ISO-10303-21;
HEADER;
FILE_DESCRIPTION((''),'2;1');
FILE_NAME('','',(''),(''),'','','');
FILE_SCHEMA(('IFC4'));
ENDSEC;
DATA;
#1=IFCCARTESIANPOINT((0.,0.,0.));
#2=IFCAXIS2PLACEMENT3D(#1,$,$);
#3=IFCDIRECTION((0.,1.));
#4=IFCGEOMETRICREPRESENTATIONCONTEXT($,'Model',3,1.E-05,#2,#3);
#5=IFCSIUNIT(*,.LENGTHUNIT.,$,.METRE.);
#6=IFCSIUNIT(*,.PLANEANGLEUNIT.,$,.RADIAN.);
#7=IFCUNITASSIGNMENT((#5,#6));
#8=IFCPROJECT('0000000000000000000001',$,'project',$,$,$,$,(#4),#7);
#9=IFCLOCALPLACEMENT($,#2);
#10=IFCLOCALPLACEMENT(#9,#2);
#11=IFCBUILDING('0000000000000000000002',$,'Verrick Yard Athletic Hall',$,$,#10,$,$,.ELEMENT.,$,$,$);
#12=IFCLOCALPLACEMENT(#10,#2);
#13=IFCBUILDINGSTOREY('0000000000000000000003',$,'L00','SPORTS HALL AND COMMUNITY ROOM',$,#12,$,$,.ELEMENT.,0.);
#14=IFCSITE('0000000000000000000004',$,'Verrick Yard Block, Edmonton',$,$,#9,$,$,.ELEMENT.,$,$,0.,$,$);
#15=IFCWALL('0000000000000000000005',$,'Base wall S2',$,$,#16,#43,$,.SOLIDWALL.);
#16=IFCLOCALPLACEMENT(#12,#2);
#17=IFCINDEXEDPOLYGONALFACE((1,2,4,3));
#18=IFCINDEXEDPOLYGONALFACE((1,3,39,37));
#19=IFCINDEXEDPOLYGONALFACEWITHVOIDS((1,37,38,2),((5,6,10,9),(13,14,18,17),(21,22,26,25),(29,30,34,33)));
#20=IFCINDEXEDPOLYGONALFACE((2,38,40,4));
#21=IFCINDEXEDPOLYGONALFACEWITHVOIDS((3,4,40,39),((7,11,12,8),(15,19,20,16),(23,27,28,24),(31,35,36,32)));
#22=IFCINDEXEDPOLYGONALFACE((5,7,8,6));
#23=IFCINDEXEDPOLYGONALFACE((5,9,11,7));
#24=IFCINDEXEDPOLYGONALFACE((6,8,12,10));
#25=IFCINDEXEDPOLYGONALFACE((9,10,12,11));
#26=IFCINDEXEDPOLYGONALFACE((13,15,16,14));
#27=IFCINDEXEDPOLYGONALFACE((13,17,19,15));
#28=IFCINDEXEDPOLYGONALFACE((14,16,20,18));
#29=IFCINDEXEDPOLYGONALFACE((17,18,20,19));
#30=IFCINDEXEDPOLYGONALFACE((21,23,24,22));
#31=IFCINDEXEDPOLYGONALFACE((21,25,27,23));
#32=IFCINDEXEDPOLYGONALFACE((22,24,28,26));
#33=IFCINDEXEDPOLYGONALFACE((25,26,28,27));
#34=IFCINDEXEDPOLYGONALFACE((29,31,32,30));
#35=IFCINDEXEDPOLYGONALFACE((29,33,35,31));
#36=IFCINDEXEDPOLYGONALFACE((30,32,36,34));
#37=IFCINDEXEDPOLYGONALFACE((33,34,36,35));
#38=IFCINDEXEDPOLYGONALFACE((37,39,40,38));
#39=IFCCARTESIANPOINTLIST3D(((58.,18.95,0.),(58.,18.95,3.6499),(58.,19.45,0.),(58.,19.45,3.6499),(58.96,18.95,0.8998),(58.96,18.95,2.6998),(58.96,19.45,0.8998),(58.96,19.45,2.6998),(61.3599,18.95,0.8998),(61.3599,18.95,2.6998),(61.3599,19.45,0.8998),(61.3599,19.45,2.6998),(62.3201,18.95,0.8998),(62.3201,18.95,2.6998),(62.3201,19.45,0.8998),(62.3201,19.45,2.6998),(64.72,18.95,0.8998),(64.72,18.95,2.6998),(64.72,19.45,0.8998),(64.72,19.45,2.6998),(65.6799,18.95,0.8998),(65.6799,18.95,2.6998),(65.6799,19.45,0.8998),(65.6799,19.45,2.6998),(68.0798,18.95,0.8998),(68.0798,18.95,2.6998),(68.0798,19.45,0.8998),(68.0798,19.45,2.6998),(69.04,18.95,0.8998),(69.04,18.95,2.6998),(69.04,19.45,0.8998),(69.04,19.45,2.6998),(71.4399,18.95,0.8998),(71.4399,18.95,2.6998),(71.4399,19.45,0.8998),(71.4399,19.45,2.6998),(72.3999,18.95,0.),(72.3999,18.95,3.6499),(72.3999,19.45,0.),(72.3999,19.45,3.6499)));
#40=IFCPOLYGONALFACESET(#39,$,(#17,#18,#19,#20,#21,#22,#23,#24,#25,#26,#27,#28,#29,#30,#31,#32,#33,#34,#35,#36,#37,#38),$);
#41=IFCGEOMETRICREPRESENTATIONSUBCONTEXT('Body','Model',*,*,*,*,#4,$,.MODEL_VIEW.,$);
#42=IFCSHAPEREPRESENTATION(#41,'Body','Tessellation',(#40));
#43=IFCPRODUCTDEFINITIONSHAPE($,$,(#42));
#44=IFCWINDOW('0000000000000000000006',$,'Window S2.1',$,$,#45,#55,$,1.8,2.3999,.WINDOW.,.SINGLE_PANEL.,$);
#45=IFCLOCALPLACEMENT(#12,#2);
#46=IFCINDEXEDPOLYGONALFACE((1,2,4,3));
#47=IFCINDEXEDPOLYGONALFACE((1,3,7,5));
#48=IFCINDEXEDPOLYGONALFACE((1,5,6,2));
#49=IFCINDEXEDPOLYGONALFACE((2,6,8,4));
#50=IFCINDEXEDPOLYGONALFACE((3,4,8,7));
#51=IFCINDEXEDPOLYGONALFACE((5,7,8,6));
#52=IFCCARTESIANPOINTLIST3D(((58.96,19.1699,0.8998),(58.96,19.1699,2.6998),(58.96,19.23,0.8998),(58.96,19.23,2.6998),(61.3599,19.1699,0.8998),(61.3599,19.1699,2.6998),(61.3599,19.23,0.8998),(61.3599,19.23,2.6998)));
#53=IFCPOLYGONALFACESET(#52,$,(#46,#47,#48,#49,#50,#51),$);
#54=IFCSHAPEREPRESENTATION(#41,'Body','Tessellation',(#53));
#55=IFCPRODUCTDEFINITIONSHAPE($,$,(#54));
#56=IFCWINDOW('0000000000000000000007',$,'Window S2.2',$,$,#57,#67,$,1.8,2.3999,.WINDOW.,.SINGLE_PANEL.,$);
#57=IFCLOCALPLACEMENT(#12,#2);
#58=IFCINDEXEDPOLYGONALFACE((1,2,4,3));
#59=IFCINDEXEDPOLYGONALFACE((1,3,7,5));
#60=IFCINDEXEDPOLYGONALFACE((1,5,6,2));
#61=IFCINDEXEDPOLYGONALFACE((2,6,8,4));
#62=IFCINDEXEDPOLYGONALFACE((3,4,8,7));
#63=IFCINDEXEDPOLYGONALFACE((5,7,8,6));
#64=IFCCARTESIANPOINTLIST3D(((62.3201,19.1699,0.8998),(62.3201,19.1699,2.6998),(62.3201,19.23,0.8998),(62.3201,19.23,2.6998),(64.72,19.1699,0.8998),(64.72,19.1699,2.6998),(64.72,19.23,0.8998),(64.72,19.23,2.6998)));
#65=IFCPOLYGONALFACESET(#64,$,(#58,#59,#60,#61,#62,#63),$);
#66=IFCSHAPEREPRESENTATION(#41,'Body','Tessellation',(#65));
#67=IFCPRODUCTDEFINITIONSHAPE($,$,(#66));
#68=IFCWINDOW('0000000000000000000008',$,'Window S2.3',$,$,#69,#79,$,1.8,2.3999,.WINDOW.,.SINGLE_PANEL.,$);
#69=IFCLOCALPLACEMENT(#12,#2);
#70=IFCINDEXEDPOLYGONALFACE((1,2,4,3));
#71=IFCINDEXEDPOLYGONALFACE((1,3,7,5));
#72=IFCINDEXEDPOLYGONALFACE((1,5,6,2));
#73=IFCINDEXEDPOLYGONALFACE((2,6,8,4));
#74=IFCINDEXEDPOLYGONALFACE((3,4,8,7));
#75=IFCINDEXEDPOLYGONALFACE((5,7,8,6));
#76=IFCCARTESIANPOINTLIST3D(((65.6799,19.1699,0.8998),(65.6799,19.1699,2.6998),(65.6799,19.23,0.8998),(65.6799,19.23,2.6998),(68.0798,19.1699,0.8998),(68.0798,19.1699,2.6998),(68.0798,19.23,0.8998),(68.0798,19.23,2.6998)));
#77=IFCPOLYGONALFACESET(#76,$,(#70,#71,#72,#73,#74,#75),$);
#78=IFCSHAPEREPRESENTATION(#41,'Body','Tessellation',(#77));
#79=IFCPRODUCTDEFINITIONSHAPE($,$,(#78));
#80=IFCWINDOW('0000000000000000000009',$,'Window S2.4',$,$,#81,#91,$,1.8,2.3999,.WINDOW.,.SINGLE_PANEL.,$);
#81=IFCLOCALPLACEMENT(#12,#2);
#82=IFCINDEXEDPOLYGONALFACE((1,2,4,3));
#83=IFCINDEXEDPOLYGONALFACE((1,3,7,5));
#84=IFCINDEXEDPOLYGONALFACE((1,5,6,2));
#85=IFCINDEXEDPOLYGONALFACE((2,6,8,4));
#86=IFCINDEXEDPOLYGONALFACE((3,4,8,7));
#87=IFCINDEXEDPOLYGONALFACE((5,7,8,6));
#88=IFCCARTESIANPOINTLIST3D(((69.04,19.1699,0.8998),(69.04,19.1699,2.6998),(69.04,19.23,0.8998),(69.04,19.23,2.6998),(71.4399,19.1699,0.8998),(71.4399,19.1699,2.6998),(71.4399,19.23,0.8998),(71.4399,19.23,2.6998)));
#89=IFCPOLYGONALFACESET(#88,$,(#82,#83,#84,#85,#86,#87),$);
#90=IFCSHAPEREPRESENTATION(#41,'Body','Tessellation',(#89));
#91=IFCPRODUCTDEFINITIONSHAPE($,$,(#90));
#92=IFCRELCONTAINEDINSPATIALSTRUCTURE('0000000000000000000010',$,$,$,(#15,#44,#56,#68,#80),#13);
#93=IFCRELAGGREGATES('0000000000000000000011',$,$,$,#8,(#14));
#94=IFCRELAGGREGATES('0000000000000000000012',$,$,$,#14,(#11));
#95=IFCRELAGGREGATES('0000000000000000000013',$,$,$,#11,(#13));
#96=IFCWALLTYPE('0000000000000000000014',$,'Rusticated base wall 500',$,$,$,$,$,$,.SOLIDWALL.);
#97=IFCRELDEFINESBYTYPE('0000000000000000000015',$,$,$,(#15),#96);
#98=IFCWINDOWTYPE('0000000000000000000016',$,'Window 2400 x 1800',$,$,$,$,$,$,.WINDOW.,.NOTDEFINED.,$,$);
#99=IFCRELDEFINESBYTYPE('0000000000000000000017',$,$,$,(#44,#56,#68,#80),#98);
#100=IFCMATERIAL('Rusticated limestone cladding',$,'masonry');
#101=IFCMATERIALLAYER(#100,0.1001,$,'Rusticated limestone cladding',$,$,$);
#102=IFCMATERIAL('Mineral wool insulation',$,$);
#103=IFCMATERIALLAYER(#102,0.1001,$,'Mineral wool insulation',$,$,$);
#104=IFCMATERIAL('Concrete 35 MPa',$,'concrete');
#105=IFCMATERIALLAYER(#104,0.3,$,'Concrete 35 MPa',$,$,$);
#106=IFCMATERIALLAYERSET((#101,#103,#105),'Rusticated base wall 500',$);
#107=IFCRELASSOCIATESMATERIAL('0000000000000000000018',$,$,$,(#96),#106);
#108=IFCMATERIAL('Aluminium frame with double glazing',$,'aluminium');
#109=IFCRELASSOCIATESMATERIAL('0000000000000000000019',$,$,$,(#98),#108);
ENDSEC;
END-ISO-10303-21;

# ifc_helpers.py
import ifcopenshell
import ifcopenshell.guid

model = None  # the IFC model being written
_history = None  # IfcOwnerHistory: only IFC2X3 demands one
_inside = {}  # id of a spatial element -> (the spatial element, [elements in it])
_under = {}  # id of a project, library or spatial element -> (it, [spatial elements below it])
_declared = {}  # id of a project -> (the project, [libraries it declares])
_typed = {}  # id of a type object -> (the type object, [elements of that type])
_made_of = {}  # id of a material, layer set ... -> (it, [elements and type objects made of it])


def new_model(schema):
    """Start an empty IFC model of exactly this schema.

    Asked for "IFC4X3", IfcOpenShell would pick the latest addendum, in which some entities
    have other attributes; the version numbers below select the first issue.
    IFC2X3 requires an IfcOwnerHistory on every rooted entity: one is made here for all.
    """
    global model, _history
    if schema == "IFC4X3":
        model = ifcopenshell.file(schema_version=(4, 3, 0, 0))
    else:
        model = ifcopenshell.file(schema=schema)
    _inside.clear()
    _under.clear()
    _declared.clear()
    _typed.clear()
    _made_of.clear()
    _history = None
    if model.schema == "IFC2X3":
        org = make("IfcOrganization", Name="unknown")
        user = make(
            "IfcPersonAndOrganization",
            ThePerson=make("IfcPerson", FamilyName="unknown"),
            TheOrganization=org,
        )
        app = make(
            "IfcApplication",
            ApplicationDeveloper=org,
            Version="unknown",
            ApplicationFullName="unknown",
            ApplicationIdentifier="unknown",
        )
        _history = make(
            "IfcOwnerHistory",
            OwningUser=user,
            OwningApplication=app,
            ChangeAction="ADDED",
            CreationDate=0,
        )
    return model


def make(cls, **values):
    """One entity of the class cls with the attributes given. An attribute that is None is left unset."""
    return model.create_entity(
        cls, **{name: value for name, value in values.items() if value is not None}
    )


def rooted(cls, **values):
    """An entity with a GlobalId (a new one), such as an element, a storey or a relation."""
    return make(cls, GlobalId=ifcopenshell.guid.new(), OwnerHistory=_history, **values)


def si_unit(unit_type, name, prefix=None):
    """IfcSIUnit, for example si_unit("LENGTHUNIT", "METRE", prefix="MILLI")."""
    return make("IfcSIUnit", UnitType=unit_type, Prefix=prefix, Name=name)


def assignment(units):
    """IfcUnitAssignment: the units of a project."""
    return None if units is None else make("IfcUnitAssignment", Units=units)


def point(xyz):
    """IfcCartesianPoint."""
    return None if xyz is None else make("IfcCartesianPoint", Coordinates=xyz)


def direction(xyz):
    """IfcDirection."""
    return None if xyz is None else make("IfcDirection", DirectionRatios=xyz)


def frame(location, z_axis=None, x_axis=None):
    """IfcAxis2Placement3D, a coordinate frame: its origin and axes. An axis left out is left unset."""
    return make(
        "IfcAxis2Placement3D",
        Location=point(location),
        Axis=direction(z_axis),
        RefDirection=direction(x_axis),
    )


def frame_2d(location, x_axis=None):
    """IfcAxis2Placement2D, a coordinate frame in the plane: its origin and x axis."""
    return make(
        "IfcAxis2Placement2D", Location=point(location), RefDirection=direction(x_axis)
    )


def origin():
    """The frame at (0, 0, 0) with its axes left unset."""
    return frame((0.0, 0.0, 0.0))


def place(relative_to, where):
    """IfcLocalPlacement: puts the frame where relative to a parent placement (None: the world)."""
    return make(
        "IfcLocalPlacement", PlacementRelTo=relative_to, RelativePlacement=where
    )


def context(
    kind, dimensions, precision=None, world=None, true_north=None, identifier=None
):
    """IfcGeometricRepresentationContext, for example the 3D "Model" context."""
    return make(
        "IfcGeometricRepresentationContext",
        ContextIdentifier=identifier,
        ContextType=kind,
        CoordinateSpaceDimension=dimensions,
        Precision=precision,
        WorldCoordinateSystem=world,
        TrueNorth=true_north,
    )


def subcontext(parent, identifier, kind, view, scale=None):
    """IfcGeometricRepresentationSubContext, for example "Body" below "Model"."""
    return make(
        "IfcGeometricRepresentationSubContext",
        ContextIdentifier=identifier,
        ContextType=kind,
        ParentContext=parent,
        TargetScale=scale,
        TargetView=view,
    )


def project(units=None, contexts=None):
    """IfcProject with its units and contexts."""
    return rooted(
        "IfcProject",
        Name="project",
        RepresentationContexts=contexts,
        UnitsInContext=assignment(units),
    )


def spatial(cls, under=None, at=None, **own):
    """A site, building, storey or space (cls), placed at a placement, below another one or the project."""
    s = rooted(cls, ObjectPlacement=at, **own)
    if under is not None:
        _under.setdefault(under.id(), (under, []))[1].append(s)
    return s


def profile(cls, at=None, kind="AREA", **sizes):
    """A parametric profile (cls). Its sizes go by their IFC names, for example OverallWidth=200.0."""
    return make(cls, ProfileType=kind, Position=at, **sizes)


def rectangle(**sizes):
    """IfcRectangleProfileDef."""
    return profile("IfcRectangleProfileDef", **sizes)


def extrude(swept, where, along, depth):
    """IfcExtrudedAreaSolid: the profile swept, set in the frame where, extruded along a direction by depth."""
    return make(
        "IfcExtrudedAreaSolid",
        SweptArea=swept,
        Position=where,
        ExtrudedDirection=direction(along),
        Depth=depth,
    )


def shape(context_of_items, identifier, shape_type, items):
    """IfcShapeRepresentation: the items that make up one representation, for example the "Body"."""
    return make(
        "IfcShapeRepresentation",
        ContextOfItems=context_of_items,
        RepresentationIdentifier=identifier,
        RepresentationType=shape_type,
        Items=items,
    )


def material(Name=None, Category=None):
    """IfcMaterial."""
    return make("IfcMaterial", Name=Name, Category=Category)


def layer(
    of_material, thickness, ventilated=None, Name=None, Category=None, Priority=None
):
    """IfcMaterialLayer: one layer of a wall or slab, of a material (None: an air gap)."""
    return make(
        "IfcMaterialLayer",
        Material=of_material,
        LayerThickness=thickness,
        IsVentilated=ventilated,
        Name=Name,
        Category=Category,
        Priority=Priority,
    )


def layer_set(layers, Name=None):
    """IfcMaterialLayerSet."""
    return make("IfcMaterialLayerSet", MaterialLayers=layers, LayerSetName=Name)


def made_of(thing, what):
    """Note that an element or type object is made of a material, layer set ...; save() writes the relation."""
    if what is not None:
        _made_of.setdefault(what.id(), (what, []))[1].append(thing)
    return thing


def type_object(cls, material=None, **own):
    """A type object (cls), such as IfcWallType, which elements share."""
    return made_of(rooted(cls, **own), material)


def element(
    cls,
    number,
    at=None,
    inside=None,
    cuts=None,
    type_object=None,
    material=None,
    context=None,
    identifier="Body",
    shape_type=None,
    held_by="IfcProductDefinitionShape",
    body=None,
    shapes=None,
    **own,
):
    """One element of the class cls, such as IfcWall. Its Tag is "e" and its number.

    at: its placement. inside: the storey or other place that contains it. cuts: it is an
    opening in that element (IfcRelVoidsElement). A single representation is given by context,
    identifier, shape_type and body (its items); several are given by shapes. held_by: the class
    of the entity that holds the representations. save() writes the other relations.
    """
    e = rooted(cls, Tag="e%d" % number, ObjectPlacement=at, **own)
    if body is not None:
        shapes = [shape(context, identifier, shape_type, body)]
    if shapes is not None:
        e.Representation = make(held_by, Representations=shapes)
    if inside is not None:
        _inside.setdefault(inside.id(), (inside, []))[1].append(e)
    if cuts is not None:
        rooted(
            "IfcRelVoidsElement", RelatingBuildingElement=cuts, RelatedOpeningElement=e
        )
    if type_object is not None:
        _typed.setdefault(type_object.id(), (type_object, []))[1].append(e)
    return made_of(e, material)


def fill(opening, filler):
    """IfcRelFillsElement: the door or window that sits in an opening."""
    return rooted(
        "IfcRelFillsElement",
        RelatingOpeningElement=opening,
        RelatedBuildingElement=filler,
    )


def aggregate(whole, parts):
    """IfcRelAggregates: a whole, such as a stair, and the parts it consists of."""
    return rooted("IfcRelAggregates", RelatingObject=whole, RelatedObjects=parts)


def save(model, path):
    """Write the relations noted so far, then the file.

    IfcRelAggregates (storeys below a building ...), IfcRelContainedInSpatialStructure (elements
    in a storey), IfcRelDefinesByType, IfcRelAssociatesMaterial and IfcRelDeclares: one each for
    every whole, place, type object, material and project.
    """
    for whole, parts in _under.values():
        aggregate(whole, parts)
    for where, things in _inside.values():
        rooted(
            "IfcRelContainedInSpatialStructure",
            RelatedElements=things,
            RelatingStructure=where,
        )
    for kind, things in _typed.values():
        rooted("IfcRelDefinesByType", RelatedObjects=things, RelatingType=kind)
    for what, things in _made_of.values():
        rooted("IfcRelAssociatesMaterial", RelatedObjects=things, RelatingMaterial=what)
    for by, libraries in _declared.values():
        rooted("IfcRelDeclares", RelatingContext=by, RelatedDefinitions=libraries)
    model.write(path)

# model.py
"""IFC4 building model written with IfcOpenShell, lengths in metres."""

from ifc_helpers import new_model, si_unit, direction, frame, frame_2d, origin, place, context, subcontext, project, spatial, rectangle, extrude, material, layer, layer_set, type_object, element, fill, save


model = new_model("IFC4")

# Units and contexts
model_context = context("Model", 3, precision=1e-05, world=origin(), true_north=direction((0.0, 1.0)))
body_context = subcontext(model_context, "Body", "Model", "MODEL_VIEW")
ifc_project = project(units=[si_unit("LENGTHUNIT", "METRE"), si_unit("PLANEANGLEUNIT", "RADIAN")], contexts=[model_context])

# Site, building, storey
site_placement = place(None, origin())
site = spatial("IfcSite", under=ifc_project, at=site_placement, Name="Verrick Yard Block, Edmonton", CompositionType="ELEMENT", RefElevation=0.0)
building_placement = place(site_placement, origin())
building = spatial("IfcBuilding", under=site, at=building_placement, Name="Verrick Yard Athletic Hall", CompositionType="ELEMENT")
storey_placement = place(building_placement, origin())
storey = spatial("IfcBuildingStorey", under=building, at=storey_placement, Name="L00", Description="SPORTS HALL AND COMMUNITY ROOM", CompositionType="ELEMENT", Elevation=0.0)

# Shared definitions
ifc_material_1 = material(Name="Concrete 35 MPa", Category="concrete")

# Wall, openings, windows
ifc_material_2 = material(Name="Rusticated limestone cladding", Category="masonry")
ifc_layer_1 = layer(ifc_material_2, 0.1001, Name="Rusticated limestone cladding")
ifc_material_3 = material(Name="Mineral wool insulation")
ifc_layer_2 = layer(ifc_material_3, 0.1001, Name="Mineral wool insulation")
ifc_layer_3 = layer(ifc_material_1, 0.3, Name="Concrete 35 MPa")
ifc_layer_set_1 = layer_set([ifc_layer_1, ifc_layer_2, ifc_layer_3], Name="Rusticated base wall 500")
wall_type_1 = type_object("IfcWallType", Name="Rusticated base wall 500", PredefinedType="SOLIDWALL", material=ifc_layer_set_1)
wall_1_placement = place(storey_placement, frame((58.0, 19.2, 0.0), z_axis=(0.0, 0.0, 1.0), x_axis=(1.0, 0.0, 0.0)))
wall_1 = element("IfcWall", 1, at=wall_1_placement, inside=storey, type_object=wall_type_1, Name="Base wall S2", PredefinedType="SOLIDWALL", context=body_context, shape_type="SweptSolid", body=[
    extrude(rectangle(XDim=14.3999, YDim=0.5, at=frame_2d((7.2, 0.0))), origin(), (0.0, 0.0, 1.0), 3.6499),
])
opening_1_placement = place(wall_1_placement, frame((0.96, 0.0, 0.8999)))
opening_1 = element("IfcOpeningElement", 2, at=opening_1_placement, cuts=wall_1, PredefinedType="OPENING", context=body_context, shape_type="SweptSolid", body=[
    extrude(rectangle(XDim=2.3999, YDim=1.8, at=frame_2d((1.2, 0.8999))), frame((0.0, 0.26, 0.0), z_axis=(0.0, -1.0, 0.0), x_axis=(1.0, 0.0, 0.0)), (0.0, 0.0, 1.0), 0.52),
])
opening_2_placement = place(wall_1_placement, frame((4.3201, 0.0, 0.8999)))
opening_2 = element("IfcOpeningElement", 3, at=opening_2_placement, cuts=wall_1, PredefinedType="OPENING", context=body_context, shape_type="SweptSolid", body=[
    extrude(rectangle(XDim=2.3999, YDim=1.8, at=frame_2d((1.2, 0.8999))), frame((0.0, 0.26, 0.0), z_axis=(0.0, -1.0, 0.0), x_axis=(1.0, 0.0, 0.0)), (0.0, 0.0, 1.0), 0.52),
])
opening_3_placement = place(wall_1_placement, frame((7.6799, 0.0, 0.8999)))
opening_3 = element("IfcOpeningElement", 4, at=opening_3_placement, cuts=wall_1, PredefinedType="OPENING", context=body_context, shape_type="SweptSolid", body=[
    extrude(rectangle(XDim=2.3999, YDim=1.8, at=frame_2d((1.2, 0.8999))), frame((0.0, 0.26, 0.0), z_axis=(0.0, -1.0, 0.0), x_axis=(1.0, 0.0, 0.0)), (0.0, 0.0, 1.0), 0.52),
])
opening_4_placement = place(wall_1_placement, frame((11.04, 0.0, 0.8999)))
opening_4 = element("IfcOpeningElement", 5, at=opening_4_placement, cuts=wall_1, PredefinedType="OPENING", context=body_context, shape_type="SweptSolid", body=[
    extrude(rectangle(XDim=2.3999, YDim=1.8, at=frame_2d((1.2, 0.8999))), frame((0.0, 0.26, 0.0), z_axis=(0.0, -1.0, 0.0), x_axis=(1.0, 0.0, 0.0)), (0.0, 0.0, 1.0), 0.52),
])
ifc_material_4 = material(Name="Aluminium frame with double glazing", Category="aluminium")
window_type = type_object("IfcWindowType", Name="Window 2400 x 1800", PartitioningType="NOTDEFINED", PredefinedType="WINDOW", material=ifc_material_4)
window_1_placement = place(opening_1_placement, origin())
window_1 = element("IfcWindow", 6, at=window_1_placement, inside=storey, type_object=window_type, Name="Window S2.1", OverallHeight=1.8, OverallWidth=2.3999, PartitioningType="SINGLE_PANEL", PredefinedType="WINDOW", context=body_context, shape_type="SweptSolid", body=[
    extrude(rectangle(XDim=2.3999, YDim=1.8, at=frame_2d((1.2, 0.8999))), frame((0.0, 0.03, 0.0), z_axis=(0.0, -1.0, 0.0), x_axis=(1.0, 0.0, 0.0)), (0.0, 0.0, 1.0), 0.0601),
])
fill(opening_1, window_1)
window_2_placement = place(opening_2_placement, origin())
window_2 = element("IfcWindow", 7, at=window_2_placement, inside=storey, type_object=window_type, Name="Window S2.2", OverallHeight=1.8, OverallWidth=2.3999, PartitioningType="SINGLE_PANEL", PredefinedType="WINDOW", context=body_context, shape_type="SweptSolid", body=[
    extrude(rectangle(XDim=2.3999, YDim=1.8, at=frame_2d((1.2, 0.8999))), frame((0.0, 0.03, 0.0), z_axis=(0.0, -1.0, 0.0), x_axis=(1.0, 0.0, 0.0)), (0.0, 0.0, 1.0), 0.0601),
])
fill(opening_2, window_2)
window_3_placement = place(opening_3_placement, origin())
window_3 = element("IfcWindow", 8, at=window_3_placement, inside=storey, type_object=window_type, Name="Window S2.3", OverallHeight=1.8, OverallWidth=2.3999, PartitioningType="SINGLE_PANEL", PredefinedType="WINDOW", context=body_context, shape_type="SweptSolid", body=[
    extrude(rectangle(XDim=2.3999, YDim=1.8, at=frame_2d((1.2, 0.8999))), frame((0.0, 0.03, 0.0), z_axis=(0.0, -1.0, 0.0), x_axis=(1.0, 0.0, 0.0)), (0.0, 0.0, 1.0), 0.0601),
])
fill(opening_3, window_3)
window_4_placement = place(opening_4_placement, origin())
window_4 = element("IfcWindow", 9, at=window_4_placement, inside=storey, type_object=window_type, Name="Window S2.4", OverallHeight=1.8, OverallWidth=2.3999, PartitioningType="SINGLE_PANEL", PredefinedType="WINDOW", context=body_context, shape_type="SweptSolid", body=[
    extrude(rectangle(XDim=2.3999, YDim=1.8, at=frame_2d((1.2, 0.8999))), frame((0.0, 0.03, 0.0), z_axis=(0.0, -1.0, 0.0), x_axis=(1.0, 0.0, 0.0)), (0.0, 0.0, 1.0), 0.0601),
])
fill(opening_4, window_4)

save(model, "model.ifc")
